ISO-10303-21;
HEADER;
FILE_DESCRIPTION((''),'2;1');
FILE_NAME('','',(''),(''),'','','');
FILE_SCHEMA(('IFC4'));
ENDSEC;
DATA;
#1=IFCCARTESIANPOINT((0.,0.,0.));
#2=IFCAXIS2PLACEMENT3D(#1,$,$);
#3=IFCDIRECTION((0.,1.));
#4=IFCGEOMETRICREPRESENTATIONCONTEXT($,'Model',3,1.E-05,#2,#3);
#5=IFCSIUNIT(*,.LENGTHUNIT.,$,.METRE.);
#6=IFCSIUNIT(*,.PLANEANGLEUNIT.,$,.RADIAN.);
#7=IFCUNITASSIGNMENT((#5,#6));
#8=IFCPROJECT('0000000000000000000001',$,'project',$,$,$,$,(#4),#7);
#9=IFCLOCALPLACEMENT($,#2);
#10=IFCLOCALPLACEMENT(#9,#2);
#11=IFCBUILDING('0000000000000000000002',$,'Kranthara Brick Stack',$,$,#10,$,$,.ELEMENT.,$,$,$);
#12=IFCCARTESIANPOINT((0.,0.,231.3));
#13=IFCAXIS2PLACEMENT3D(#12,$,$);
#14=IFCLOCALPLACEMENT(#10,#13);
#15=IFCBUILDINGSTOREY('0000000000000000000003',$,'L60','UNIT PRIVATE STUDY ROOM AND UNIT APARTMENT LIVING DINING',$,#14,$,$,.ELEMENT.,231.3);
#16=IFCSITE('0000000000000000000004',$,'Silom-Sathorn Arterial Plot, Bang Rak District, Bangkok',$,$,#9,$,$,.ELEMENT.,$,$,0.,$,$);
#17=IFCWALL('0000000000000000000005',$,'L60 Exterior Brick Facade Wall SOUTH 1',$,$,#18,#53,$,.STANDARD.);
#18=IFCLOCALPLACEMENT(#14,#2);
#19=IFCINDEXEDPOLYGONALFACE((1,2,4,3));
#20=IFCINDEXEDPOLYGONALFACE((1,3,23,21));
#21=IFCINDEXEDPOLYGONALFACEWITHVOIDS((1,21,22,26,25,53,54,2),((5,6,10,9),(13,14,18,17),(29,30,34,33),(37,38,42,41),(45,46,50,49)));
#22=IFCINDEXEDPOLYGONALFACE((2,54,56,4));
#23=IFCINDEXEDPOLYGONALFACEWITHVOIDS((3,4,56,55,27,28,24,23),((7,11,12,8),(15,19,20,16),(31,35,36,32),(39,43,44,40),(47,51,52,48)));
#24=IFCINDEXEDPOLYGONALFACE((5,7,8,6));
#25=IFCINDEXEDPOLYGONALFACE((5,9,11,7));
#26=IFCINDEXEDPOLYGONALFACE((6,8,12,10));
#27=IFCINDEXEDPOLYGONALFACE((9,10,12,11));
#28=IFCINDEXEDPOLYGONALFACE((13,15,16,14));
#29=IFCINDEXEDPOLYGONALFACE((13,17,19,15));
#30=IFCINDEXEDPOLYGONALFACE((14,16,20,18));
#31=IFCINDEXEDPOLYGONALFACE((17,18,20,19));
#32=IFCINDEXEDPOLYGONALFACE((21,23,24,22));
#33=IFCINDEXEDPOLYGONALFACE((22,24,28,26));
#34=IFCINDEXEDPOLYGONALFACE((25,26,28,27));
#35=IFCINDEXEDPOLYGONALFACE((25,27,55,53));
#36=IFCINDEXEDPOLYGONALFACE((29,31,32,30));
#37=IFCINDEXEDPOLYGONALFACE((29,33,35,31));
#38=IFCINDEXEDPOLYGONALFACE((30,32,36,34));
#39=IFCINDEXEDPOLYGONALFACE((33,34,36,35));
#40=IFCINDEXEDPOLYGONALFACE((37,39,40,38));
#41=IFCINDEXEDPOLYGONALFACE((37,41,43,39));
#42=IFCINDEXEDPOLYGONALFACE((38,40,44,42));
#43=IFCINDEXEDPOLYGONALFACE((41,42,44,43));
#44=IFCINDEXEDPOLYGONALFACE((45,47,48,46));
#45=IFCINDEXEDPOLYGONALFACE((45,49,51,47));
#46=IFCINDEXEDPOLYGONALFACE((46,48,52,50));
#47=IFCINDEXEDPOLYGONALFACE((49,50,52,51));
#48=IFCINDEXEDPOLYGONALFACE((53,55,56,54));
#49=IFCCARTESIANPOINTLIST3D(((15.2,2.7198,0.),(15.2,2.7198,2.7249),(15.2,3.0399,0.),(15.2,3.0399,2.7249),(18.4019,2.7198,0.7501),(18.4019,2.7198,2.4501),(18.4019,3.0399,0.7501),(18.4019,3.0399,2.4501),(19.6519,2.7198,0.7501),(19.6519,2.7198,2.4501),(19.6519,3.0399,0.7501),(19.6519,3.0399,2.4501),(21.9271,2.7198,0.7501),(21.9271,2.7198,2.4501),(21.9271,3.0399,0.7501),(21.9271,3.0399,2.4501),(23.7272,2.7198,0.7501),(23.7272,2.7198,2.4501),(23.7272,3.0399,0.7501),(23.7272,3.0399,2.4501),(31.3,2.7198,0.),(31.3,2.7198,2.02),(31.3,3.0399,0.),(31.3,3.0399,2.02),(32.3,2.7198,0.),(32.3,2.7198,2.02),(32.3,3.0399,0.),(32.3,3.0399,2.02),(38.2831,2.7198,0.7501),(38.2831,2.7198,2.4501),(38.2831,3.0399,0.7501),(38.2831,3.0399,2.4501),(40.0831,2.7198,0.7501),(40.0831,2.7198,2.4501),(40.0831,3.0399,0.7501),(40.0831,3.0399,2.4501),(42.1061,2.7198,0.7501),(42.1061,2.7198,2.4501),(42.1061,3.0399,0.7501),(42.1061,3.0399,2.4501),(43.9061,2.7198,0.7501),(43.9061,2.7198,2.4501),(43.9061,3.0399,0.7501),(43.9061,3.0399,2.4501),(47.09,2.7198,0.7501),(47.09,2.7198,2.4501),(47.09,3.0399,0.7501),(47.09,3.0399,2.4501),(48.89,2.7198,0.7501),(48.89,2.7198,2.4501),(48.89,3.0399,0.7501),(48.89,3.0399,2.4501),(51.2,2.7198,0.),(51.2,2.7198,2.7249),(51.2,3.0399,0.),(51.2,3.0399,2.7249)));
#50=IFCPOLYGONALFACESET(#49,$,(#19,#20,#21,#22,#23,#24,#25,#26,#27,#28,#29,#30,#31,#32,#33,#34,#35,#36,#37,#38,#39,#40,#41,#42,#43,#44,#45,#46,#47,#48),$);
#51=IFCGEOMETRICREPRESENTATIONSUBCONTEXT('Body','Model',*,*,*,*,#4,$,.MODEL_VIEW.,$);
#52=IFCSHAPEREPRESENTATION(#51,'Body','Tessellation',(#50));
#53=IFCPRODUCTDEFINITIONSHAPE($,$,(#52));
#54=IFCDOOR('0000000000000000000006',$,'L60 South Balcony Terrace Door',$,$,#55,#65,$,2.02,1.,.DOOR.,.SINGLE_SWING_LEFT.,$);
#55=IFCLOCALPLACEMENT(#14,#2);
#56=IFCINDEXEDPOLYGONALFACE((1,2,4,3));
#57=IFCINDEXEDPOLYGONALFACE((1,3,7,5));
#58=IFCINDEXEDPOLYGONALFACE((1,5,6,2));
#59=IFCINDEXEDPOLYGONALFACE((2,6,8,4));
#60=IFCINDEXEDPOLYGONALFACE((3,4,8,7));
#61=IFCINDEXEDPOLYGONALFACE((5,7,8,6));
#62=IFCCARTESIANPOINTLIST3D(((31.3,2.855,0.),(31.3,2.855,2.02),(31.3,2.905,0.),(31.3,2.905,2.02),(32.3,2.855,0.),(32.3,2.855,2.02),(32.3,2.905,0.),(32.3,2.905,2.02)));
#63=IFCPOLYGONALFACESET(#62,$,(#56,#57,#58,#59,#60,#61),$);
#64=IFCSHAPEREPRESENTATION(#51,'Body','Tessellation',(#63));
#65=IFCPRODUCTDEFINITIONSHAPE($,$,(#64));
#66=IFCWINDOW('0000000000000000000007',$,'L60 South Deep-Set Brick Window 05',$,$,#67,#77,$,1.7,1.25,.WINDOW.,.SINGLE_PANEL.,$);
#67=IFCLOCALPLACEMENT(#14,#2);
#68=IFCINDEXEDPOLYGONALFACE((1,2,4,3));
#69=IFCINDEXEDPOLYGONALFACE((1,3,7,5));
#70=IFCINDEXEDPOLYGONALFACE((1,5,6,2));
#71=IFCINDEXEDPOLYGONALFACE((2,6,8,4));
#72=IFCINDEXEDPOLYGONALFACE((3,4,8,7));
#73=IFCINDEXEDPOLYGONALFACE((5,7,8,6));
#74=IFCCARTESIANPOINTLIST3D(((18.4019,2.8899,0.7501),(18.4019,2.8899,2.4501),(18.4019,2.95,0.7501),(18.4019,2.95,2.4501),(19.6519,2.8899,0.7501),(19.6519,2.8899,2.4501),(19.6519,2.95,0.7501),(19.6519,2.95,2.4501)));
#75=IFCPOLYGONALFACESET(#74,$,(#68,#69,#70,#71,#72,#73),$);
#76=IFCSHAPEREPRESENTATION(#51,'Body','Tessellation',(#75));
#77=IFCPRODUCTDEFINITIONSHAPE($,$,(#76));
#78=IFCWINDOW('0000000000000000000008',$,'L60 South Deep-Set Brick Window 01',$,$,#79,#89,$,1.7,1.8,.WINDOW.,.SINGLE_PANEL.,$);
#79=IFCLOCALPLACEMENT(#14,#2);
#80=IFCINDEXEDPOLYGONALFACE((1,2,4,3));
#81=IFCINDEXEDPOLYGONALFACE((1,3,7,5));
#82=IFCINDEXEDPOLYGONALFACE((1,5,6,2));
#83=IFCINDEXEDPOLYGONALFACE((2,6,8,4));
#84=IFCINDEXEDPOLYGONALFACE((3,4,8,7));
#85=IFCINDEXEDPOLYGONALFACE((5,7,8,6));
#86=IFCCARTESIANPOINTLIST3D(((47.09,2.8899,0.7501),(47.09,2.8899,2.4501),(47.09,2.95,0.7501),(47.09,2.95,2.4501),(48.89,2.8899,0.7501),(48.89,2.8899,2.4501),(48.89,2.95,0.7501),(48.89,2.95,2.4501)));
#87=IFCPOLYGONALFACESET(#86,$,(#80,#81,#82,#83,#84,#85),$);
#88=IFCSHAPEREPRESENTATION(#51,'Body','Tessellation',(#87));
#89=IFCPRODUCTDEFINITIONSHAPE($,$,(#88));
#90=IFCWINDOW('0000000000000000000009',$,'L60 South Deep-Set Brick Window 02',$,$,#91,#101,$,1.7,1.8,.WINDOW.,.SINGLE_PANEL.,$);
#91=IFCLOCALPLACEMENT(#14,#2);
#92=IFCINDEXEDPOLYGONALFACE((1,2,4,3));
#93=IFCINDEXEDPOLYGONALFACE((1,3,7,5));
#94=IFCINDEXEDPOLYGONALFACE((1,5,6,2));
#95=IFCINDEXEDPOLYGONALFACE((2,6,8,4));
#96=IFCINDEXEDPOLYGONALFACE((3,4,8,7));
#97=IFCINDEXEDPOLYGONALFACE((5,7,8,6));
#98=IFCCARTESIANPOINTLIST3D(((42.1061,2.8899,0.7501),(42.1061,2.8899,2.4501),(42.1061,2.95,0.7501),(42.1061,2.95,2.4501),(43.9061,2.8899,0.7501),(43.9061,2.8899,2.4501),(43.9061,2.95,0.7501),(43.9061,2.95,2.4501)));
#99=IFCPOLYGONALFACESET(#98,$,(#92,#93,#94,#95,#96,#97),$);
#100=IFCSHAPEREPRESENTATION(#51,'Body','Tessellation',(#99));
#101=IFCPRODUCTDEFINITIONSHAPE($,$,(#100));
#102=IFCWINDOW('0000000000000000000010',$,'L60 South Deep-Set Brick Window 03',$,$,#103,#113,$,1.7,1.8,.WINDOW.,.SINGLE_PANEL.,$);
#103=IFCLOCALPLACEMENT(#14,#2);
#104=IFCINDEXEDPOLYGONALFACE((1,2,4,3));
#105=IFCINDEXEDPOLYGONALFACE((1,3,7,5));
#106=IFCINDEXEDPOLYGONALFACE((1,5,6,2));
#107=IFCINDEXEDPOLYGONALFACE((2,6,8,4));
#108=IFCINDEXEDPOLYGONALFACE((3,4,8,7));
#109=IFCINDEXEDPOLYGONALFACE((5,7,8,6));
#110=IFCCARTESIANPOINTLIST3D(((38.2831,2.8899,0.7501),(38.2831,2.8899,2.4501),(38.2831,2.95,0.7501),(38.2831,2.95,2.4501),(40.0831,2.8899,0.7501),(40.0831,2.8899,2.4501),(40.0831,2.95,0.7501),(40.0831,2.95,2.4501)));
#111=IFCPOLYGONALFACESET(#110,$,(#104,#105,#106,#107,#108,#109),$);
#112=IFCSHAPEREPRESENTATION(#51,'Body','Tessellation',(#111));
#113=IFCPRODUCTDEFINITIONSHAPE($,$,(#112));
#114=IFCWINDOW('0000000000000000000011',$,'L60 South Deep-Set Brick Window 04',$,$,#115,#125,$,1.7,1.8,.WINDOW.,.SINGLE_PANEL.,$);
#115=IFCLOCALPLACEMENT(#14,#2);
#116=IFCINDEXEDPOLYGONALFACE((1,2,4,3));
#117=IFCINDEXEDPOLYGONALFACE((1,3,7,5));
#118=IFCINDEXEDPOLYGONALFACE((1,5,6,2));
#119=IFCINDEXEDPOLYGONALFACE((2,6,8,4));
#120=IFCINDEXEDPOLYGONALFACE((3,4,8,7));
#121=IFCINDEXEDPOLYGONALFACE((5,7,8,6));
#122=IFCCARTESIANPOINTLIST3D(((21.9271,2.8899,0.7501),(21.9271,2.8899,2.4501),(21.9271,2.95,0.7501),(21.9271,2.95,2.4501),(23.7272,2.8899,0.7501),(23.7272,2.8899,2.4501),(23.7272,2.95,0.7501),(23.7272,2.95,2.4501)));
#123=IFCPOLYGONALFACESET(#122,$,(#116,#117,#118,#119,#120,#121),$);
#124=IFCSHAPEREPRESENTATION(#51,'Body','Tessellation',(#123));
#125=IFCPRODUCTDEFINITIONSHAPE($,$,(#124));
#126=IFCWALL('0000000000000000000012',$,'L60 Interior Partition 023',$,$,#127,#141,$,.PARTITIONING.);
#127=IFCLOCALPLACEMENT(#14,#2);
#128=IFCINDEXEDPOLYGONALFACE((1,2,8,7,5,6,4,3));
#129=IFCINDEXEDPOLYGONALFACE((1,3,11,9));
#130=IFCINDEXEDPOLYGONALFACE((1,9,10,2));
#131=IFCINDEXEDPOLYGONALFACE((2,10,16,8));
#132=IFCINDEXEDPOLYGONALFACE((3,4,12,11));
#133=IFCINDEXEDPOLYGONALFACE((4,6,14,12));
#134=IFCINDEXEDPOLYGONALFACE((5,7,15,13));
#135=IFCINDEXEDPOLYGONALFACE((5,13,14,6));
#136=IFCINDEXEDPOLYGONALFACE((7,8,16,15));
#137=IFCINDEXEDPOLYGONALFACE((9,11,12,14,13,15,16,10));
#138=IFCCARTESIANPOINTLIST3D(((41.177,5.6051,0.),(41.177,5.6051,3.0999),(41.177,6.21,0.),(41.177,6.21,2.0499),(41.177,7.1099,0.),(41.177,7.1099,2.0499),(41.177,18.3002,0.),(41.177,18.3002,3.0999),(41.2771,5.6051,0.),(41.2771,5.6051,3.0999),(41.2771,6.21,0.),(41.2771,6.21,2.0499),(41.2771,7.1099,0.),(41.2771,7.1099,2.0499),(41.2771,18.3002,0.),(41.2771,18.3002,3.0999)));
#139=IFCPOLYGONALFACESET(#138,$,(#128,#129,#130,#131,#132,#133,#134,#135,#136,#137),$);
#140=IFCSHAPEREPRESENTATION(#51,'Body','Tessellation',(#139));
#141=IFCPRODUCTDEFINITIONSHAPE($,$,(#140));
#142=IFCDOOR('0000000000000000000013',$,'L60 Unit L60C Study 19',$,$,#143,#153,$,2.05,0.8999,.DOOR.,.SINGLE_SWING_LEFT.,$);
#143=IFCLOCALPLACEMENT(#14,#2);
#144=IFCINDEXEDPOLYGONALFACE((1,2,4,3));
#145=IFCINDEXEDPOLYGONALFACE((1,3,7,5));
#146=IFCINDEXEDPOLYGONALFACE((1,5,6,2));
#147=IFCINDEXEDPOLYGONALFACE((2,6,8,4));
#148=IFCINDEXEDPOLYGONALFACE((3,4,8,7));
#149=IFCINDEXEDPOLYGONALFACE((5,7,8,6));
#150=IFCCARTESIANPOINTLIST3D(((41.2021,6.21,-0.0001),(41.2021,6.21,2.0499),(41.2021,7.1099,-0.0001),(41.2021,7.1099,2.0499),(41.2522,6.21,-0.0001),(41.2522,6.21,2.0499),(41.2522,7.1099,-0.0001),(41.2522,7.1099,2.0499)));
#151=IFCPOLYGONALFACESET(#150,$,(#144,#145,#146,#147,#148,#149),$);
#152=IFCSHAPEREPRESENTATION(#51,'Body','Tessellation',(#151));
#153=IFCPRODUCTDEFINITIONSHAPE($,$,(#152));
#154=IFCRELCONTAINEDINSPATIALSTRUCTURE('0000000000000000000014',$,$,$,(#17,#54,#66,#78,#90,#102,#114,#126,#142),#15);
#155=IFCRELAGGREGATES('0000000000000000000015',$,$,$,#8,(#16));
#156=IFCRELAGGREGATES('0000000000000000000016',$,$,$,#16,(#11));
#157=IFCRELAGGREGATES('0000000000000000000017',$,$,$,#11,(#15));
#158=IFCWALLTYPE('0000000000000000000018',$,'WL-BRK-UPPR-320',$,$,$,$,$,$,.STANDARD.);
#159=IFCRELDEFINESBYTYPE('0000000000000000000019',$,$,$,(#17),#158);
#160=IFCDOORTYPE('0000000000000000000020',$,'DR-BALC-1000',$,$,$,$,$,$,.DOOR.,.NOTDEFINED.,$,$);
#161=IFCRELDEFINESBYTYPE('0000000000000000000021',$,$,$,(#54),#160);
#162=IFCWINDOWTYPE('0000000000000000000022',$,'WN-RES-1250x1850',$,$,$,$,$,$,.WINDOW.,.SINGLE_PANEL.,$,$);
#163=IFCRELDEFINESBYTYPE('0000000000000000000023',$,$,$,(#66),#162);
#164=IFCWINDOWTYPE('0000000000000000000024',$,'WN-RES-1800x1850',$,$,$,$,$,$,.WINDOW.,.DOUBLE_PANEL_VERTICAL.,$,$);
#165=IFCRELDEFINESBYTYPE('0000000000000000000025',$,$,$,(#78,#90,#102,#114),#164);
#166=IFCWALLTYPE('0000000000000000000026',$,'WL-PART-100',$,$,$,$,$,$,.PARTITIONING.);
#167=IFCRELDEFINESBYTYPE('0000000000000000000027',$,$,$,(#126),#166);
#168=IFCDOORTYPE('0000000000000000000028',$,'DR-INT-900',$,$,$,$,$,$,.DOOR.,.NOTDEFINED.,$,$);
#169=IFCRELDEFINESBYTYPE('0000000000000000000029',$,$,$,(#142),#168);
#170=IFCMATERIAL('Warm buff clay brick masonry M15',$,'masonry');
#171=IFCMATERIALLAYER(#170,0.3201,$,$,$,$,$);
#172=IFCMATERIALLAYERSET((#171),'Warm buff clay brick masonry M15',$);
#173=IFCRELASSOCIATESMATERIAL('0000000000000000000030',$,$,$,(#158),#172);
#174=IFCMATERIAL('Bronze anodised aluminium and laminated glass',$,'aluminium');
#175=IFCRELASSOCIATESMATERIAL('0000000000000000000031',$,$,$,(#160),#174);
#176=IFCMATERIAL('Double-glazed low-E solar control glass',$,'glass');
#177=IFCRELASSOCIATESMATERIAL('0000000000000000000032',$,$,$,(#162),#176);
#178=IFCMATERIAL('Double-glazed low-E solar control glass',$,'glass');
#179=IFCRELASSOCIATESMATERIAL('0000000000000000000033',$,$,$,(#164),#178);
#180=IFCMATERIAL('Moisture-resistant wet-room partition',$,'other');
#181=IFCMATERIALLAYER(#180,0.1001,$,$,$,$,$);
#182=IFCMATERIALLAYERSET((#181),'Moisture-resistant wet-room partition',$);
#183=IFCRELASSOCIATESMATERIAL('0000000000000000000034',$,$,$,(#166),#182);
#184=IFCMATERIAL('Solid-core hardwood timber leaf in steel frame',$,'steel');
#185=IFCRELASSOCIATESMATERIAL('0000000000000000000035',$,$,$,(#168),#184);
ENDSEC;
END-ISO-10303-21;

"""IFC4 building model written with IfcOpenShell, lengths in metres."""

from ifc_helpers import new_model, si_unit, direction, frame, frame_2d, origin, place, context, subcontext, project, spatial, rectangle, extrude, material, layer, layer_set, type_object, element, fill, save


model = new_model("IFC4")

# Units and contexts
model_context = context("Model", 3, precision=1e-05, world=origin(), true_north=direction((0.0, 1.0)))
body_context = subcontext(model_context, "Body", "Model", "MODEL_VIEW")
ifc_project = project(units=[si_unit("LENGTHUNIT", "METRE"), si_unit("PLANEANGLEUNIT", "RADIAN")], contexts=[model_context])

# Site, building, storey
site_placement = place(None, origin())
site = spatial("IfcSite", under=ifc_project, at=site_placement, Name="Silom-Sathorn Arterial Plot, Bang Rak District, Bangkok", CompositionType="ELEMENT", RefElevation=0.0)
building_placement = place(site_placement, origin())
building = spatial("IfcBuilding", under=site, at=building_placement, Name="Kranthara Brick Stack", CompositionType="ELEMENT")
storey_placement = place(building_placement, frame((0.0, 0.0, 231.3)))
storey = spatial("IfcBuildingStorey", under=building, at=storey_placement, Name="L60", Description="UNIT PRIVATE STUDY ROOM AND UNIT APARTMENT LIVING DINING", CompositionType="ELEMENT", Elevation=231.3)

# Wall, openings, door, windows
ifc_material_1 = material(Name="Warm buff clay brick masonry M15", Category="masonry")
ifc_layer_1 = layer(ifc_material_1, 0.3201)
ifc_layer_set_1 = layer_set([ifc_layer_1], Name="Warm buff clay brick masonry M15")
wall_type_1 = type_object("IfcWallType", Name="WL-BRK-UPPR-320", PredefinedType="STANDARD", material=ifc_layer_set_1)
wall_1_placement = place(storey_placement, frame((51.2, 2.8799, 0.0), z_axis=(0.0, 0.0, 1.0), x_axis=(-1.0, 0.0, 0.0)))
wall_1 = element("IfcWall", 1, at=wall_1_placement, inside=storey, type_object=wall_type_1, Name="L60 Exterior Brick Facade Wall SOUTH 1", PredefinedType="STANDARD", context=body_context, shape_type="SweptSolid", body=[
    extrude(rectangle(XDim=36.0, YDim=0.3201, at=frame_2d((18.0, 0.0))), origin(), (0.0, 0.0, 1.0), 2.7249),
])
opening_1_placement = place(wall_1_placement, frame((18.8999, 0.0, 0.0)))
opening_1 = element("IfcOpeningElement", 2, at=opening_1_placement, cuts=wall_1, PredefinedType="OPENING", context=body_context, shape_type="SweptSolid", body=[
    extrude(rectangle(XDim=1.0, YDim=2.02, at=frame_2d((0.5, 1.01))), frame((0.0, 0.1699, 0.0), z_axis=(0.0, -1.0, 0.0), x_axis=(1.0, 0.0, 0.0)), (0.0, 0.0, 1.0), 0.3401),
])
opening_2_placement = place(wall_1_placement, frame((2.3101, 0.0, 0.75)))
opening_2 = element("IfcOpeningElement", 3, at=opening_2_placement, cuts=wall_1, PredefinedType="OPENING", context=body_context, shape_type="SweptSolid", body=[
    extrude(rectangle(XDim=1.8, YDim=1.7, at=frame_2d((0.8999, 0.8501))), frame((0.0, 0.1699, 0.0), z_axis=(0.0, -1.0, 0.0), x_axis=(1.0, 0.0, 0.0)), (0.0, 0.0, 1.0), 0.3401),
])
opening_3_placement = place(wall_1_placement, frame((7.2939, 0.0, 0.75)))
opening_3 = element("IfcOpeningElement", 4, at=opening_3_placement, cuts=wall_1, PredefinedType="OPENING", context=body_context, shape_type="SweptSolid", body=[
    extrude(rectangle(XDim=1.8, YDim=1.7, at=frame_2d((0.8999, 0.8501))), frame((0.0, 0.1699, 0.0), z_axis=(0.0, -1.0, 0.0), x_axis=(1.0, 0.0, 0.0)), (0.0, 0.0, 1.0), 0.3401),
])
opening_4_placement = place(wall_1_placement, frame((11.1169, 0.0, 0.75)))
opening_4 = element("IfcOpeningElement", 5, at=opening_4_placement, cuts=wall_1, PredefinedType="OPENING", context=body_context, shape_type="SweptSolid", body=[
    extrude(rectangle(XDim=1.8, YDim=1.7, at=frame_2d((0.8999, 0.8501))), frame((0.0, 0.1699, 0.0), z_axis=(0.0, -1.0, 0.0), x_axis=(1.0, 0.0, 0.0)), (0.0, 0.0, 1.0), 0.3401),
])
opening_5_placement = place(wall_1_placement, frame((27.4729, 0.0, 0.75)))
opening_5 = element("IfcOpeningElement", 6, at=opening_5_placement, cuts=wall_1, PredefinedType="OPENING", context=body_context, shape_type="SweptSolid", body=[
    extrude(rectangle(XDim=1.8, YDim=1.7, at=frame_2d((0.8999, 0.8501))), frame((0.0, 0.1699, 0.0), z_axis=(0.0, -1.0, 0.0), x_axis=(1.0, 0.0, 0.0)), (0.0, 0.0, 1.0), 0.3401),
])
opening_6_placement = place(wall_1_placement, frame((31.5481, 0.0, 0.75)))
opening_6 = element("IfcOpeningElement", 7, at=opening_6_placement, cuts=wall_1, PredefinedType="OPENING", context=body_context, shape_type="SweptSolid", body=[
    extrude(rectangle(XDim=1.25, YDim=1.7, at=frame_2d((0.625, 0.8501))), frame((0.0, 0.1699, 0.0), z_axis=(0.0, -1.0, 0.0), x_axis=(1.0, 0.0, 0.0)), (0.0, 0.0, 1.0), 0.3401),
])
ifc_material_2 = material(Name="Bronze anodised aluminium and laminated glass", Category="aluminium")
door_type_1 = type_object("IfcDoorType", Name="DR-BALC-1000", OperationType="NOTDEFINED", PredefinedType="DOOR", material=ifc_material_2)
door_1_placement = place(opening_1_placement, origin())
door_1 = element("IfcDoor", 8, at=door_1_placement, inside=storey, type_object=door_type_1, Name="L60 South Balcony Terrace Door", OperationType="SINGLE_SWING_LEFT", OverallHeight=2.02, OverallWidth=1.0, PredefinedType="DOOR", context=body_context, shape_type="SweptSolid", body=[
    extrude(rectangle(XDim=1.0, YDim=2.02, at=frame_2d((0.5, 1.01))), frame((0.0, 0.0249, 0.0), z_axis=(0.0, -1.0, 0.0), x_axis=(1.0, 0.0, 0.0)), (0.0, 0.0, 1.0), 0.05),
])
fill(opening_1, door_1)
ifc_material_3 = material(Name="Double-glazed low-E solar control glass", Category="glass")
window_type_1 = type_object("IfcWindowType", Name="WN-RES-1250x1850", PartitioningType="SINGLE_PANEL", PredefinedType="WINDOW", material=ifc_material_3)
window_1_placement = place(opening_6_placement, origin())
window_1 = element("IfcWindow", 9, at=window_1_placement, inside=storey, type_object=window_type_1, Name="L60 South Deep-Set Brick Window 05", OverallHeight=1.7, OverallWidth=1.25, PartitioningType="SINGLE_PANEL", PredefinedType="WINDOW", context=body_context, shape_type="SweptSolid", body=[
    extrude(rectangle(XDim=1.25, YDim=1.7, at=frame_2d((0.625, 0.8501))), frame((0.0, -0.01, 0.0), z_axis=(0.0, -1.0, 0.0), x_axis=(1.0, 0.0, 0.0)), (0.0, 0.0, 1.0), 0.0601),
])
fill(opening_6, window_1)
ifc_material_4 = material(Name="Double-glazed low-E solar control glass", Category="glass")
window_type_2 = type_object("IfcWindowType", Name="WN-RES-1800x1850", PartitioningType="DOUBLE_PANEL_VERTICAL", PredefinedType="WINDOW", material=ifc_material_4)
window_2_placement = place(opening_2_placement, origin())
window_2 = element("IfcWindow", 10, at=window_2_placement, inside=storey, type_object=window_type_2, Name="L60 South Deep-Set Brick Window 01", OverallHeight=1.7, OverallWidth=1.8, PartitioningType="SINGLE_PANEL", PredefinedType="WINDOW", context=body_context, shape_type="SweptSolid", body=[
    extrude(rectangle(XDim=1.8, YDim=1.7, at=frame_2d((0.8999, 0.8501))), frame((0.0, -0.01, 0.0), z_axis=(0.0, -1.0, 0.0), x_axis=(1.0, 0.0, 0.0)), (0.0, 0.0, 1.0), 0.0601),
])
fill(opening_2, window_2)
window_3_placement = place(opening_3_placement, origin())
window_3 = element("IfcWindow", 11, at=window_3_placement, inside=storey, type_object=window_type_2, Name="L60 South Deep-Set Brick Window 02", OverallHeight=1.7, OverallWidth=1.8, PartitioningType="SINGLE_PANEL", PredefinedType="WINDOW", context=body_context, shape_type="SweptSolid", body=[
    extrude(rectangle(XDim=1.8, YDim=1.7, at=frame_2d((0.8999, 0.8501))), frame((0.0, -0.01, 0.0), z_axis=(0.0, -1.0, 0.0), x_axis=(1.0, 0.0, 0.0)), (0.0, 0.0, 1.0), 0.0601),
])
fill(opening_3, window_3)
window_4_placement = place(opening_4_placement, origin())
window_4 = element("IfcWindow", 12, at=window_4_placement, inside=storey, type_object=window_type_2, Name="L60 South Deep-Set Brick Window 03", OverallHeight=1.7, OverallWidth=1.8, PartitioningType="SINGLE_PANEL", PredefinedType="WINDOW", context=body_context, shape_type="SweptSolid", body=[
    extrude(rectangle(XDim=1.8, YDim=1.7, at=frame_2d((0.8999, 0.8501))), frame((0.0, -0.01, 0.0), z_axis=(0.0, -1.0, 0.0), x_axis=(1.0, 0.0, 0.0)), (0.0, 0.0, 1.0), 0.0601),
])
fill(opening_4, window_4)
window_5_placement = place(opening_5_placement, origin())
window_5 = element("IfcWindow", 13, at=window_5_placement, inside=storey, type_object=window_type_2, Name="L60 South Deep-Set Brick Window 04", OverallHeight=1.7, OverallWidth=1.8, PartitioningType="SINGLE_PANEL", PredefinedType="WINDOW", context=body_context, shape_type="SweptSolid", body=[
    extrude(rectangle(XDim=1.8, YDim=1.7, at=frame_2d((0.8999, 0.8501))), frame((0.0, -0.01, 0.0), z_axis=(0.0, -1.0, 0.0), x_axis=(1.0, 0.0, 0.0)), (0.0, 0.0, 1.0), 0.0601),
])
fill(opening_5, window_5)

# Wall, opening, door
ifc_material_5 = material(Name="Moisture-resistant wet-room partition", Category="other")
ifc_layer_2 = layer(ifc_material_5, 0.1001)
ifc_layer_set_2 = layer_set([ifc_layer_2], Name="Moisture-resistant wet-room partition")
wall_type_2 = type_object("IfcWallType", Name="WL-PART-100", PredefinedType="PARTITIONING", material=ifc_layer_set_2)
wall_2_placement = place(storey_placement, frame((41.2271, 5.605, 0.0), z_axis=(0.0, 0.0, 1.0), x_axis=(0.0, 1.0, 0.0)))
wall_2 = element("IfcWall", 14, at=wall_2_placement, inside=storey, type_object=wall_type_2, Name="L60 Interior Partition 023", PredefinedType="PARTITIONING", context=body_context, shape_type="SweptSolid", body=[
    extrude(rectangle(XDim=12.6951, YDim=0.1001, at=frame_2d((6.3477, 0.0))), origin(), (0.0, 0.0, 1.0), 3.0999),
])
opening_7_placement = place(wall_2_placement, frame((0.605, 0.0, 0.0)))
opening_7 = element("IfcOpeningElement", 15, at=opening_7_placement, cuts=wall_2, PredefinedType="OPENING", context=body_context, shape_type="SweptSolid", body=[
    extrude(rectangle(XDim=0.8999, YDim=2.05, at=frame_2d((0.45, 1.0249))), frame((0.0, 0.0601, 0.0), z_axis=(0.0, -1.0, 0.0), x_axis=(1.0, 0.0, 0.0)), (0.0, 0.0, 1.0), 0.1201),
])
ifc_material_6 = material(Name="Solid-core hardwood timber leaf in steel frame", Category="steel")
door_type_2 = type_object("IfcDoorType", Name="DR-INT-900", OperationType="NOTDEFINED", PredefinedType="DOOR", material=ifc_material_6)
door_2_placement = place(opening_7_placement, origin())
door_2 = element("IfcDoor", 16, at=door_2_placement, inside=storey, type_object=door_type_2, Name="L60 Unit L60C Study 19", OperationType="SINGLE_SWING_LEFT", OverallHeight=2.05, OverallWidth=0.8999, PredefinedType="DOOR", context=body_context, shape_type="SweptSolid", body=[
    extrude(rectangle(XDim=0.8999, YDim=2.05, at=frame_2d((0.45, 1.0249))), frame((0.0, 0.0249, 0.0), z_axis=(0.0, -1.0, 0.0), x_axis=(1.0, 0.0, 0.0)), (0.0, 0.0, 1.0), 0.05),
])
fill(opening_7, door_2)

save(model, "model.ifc")
